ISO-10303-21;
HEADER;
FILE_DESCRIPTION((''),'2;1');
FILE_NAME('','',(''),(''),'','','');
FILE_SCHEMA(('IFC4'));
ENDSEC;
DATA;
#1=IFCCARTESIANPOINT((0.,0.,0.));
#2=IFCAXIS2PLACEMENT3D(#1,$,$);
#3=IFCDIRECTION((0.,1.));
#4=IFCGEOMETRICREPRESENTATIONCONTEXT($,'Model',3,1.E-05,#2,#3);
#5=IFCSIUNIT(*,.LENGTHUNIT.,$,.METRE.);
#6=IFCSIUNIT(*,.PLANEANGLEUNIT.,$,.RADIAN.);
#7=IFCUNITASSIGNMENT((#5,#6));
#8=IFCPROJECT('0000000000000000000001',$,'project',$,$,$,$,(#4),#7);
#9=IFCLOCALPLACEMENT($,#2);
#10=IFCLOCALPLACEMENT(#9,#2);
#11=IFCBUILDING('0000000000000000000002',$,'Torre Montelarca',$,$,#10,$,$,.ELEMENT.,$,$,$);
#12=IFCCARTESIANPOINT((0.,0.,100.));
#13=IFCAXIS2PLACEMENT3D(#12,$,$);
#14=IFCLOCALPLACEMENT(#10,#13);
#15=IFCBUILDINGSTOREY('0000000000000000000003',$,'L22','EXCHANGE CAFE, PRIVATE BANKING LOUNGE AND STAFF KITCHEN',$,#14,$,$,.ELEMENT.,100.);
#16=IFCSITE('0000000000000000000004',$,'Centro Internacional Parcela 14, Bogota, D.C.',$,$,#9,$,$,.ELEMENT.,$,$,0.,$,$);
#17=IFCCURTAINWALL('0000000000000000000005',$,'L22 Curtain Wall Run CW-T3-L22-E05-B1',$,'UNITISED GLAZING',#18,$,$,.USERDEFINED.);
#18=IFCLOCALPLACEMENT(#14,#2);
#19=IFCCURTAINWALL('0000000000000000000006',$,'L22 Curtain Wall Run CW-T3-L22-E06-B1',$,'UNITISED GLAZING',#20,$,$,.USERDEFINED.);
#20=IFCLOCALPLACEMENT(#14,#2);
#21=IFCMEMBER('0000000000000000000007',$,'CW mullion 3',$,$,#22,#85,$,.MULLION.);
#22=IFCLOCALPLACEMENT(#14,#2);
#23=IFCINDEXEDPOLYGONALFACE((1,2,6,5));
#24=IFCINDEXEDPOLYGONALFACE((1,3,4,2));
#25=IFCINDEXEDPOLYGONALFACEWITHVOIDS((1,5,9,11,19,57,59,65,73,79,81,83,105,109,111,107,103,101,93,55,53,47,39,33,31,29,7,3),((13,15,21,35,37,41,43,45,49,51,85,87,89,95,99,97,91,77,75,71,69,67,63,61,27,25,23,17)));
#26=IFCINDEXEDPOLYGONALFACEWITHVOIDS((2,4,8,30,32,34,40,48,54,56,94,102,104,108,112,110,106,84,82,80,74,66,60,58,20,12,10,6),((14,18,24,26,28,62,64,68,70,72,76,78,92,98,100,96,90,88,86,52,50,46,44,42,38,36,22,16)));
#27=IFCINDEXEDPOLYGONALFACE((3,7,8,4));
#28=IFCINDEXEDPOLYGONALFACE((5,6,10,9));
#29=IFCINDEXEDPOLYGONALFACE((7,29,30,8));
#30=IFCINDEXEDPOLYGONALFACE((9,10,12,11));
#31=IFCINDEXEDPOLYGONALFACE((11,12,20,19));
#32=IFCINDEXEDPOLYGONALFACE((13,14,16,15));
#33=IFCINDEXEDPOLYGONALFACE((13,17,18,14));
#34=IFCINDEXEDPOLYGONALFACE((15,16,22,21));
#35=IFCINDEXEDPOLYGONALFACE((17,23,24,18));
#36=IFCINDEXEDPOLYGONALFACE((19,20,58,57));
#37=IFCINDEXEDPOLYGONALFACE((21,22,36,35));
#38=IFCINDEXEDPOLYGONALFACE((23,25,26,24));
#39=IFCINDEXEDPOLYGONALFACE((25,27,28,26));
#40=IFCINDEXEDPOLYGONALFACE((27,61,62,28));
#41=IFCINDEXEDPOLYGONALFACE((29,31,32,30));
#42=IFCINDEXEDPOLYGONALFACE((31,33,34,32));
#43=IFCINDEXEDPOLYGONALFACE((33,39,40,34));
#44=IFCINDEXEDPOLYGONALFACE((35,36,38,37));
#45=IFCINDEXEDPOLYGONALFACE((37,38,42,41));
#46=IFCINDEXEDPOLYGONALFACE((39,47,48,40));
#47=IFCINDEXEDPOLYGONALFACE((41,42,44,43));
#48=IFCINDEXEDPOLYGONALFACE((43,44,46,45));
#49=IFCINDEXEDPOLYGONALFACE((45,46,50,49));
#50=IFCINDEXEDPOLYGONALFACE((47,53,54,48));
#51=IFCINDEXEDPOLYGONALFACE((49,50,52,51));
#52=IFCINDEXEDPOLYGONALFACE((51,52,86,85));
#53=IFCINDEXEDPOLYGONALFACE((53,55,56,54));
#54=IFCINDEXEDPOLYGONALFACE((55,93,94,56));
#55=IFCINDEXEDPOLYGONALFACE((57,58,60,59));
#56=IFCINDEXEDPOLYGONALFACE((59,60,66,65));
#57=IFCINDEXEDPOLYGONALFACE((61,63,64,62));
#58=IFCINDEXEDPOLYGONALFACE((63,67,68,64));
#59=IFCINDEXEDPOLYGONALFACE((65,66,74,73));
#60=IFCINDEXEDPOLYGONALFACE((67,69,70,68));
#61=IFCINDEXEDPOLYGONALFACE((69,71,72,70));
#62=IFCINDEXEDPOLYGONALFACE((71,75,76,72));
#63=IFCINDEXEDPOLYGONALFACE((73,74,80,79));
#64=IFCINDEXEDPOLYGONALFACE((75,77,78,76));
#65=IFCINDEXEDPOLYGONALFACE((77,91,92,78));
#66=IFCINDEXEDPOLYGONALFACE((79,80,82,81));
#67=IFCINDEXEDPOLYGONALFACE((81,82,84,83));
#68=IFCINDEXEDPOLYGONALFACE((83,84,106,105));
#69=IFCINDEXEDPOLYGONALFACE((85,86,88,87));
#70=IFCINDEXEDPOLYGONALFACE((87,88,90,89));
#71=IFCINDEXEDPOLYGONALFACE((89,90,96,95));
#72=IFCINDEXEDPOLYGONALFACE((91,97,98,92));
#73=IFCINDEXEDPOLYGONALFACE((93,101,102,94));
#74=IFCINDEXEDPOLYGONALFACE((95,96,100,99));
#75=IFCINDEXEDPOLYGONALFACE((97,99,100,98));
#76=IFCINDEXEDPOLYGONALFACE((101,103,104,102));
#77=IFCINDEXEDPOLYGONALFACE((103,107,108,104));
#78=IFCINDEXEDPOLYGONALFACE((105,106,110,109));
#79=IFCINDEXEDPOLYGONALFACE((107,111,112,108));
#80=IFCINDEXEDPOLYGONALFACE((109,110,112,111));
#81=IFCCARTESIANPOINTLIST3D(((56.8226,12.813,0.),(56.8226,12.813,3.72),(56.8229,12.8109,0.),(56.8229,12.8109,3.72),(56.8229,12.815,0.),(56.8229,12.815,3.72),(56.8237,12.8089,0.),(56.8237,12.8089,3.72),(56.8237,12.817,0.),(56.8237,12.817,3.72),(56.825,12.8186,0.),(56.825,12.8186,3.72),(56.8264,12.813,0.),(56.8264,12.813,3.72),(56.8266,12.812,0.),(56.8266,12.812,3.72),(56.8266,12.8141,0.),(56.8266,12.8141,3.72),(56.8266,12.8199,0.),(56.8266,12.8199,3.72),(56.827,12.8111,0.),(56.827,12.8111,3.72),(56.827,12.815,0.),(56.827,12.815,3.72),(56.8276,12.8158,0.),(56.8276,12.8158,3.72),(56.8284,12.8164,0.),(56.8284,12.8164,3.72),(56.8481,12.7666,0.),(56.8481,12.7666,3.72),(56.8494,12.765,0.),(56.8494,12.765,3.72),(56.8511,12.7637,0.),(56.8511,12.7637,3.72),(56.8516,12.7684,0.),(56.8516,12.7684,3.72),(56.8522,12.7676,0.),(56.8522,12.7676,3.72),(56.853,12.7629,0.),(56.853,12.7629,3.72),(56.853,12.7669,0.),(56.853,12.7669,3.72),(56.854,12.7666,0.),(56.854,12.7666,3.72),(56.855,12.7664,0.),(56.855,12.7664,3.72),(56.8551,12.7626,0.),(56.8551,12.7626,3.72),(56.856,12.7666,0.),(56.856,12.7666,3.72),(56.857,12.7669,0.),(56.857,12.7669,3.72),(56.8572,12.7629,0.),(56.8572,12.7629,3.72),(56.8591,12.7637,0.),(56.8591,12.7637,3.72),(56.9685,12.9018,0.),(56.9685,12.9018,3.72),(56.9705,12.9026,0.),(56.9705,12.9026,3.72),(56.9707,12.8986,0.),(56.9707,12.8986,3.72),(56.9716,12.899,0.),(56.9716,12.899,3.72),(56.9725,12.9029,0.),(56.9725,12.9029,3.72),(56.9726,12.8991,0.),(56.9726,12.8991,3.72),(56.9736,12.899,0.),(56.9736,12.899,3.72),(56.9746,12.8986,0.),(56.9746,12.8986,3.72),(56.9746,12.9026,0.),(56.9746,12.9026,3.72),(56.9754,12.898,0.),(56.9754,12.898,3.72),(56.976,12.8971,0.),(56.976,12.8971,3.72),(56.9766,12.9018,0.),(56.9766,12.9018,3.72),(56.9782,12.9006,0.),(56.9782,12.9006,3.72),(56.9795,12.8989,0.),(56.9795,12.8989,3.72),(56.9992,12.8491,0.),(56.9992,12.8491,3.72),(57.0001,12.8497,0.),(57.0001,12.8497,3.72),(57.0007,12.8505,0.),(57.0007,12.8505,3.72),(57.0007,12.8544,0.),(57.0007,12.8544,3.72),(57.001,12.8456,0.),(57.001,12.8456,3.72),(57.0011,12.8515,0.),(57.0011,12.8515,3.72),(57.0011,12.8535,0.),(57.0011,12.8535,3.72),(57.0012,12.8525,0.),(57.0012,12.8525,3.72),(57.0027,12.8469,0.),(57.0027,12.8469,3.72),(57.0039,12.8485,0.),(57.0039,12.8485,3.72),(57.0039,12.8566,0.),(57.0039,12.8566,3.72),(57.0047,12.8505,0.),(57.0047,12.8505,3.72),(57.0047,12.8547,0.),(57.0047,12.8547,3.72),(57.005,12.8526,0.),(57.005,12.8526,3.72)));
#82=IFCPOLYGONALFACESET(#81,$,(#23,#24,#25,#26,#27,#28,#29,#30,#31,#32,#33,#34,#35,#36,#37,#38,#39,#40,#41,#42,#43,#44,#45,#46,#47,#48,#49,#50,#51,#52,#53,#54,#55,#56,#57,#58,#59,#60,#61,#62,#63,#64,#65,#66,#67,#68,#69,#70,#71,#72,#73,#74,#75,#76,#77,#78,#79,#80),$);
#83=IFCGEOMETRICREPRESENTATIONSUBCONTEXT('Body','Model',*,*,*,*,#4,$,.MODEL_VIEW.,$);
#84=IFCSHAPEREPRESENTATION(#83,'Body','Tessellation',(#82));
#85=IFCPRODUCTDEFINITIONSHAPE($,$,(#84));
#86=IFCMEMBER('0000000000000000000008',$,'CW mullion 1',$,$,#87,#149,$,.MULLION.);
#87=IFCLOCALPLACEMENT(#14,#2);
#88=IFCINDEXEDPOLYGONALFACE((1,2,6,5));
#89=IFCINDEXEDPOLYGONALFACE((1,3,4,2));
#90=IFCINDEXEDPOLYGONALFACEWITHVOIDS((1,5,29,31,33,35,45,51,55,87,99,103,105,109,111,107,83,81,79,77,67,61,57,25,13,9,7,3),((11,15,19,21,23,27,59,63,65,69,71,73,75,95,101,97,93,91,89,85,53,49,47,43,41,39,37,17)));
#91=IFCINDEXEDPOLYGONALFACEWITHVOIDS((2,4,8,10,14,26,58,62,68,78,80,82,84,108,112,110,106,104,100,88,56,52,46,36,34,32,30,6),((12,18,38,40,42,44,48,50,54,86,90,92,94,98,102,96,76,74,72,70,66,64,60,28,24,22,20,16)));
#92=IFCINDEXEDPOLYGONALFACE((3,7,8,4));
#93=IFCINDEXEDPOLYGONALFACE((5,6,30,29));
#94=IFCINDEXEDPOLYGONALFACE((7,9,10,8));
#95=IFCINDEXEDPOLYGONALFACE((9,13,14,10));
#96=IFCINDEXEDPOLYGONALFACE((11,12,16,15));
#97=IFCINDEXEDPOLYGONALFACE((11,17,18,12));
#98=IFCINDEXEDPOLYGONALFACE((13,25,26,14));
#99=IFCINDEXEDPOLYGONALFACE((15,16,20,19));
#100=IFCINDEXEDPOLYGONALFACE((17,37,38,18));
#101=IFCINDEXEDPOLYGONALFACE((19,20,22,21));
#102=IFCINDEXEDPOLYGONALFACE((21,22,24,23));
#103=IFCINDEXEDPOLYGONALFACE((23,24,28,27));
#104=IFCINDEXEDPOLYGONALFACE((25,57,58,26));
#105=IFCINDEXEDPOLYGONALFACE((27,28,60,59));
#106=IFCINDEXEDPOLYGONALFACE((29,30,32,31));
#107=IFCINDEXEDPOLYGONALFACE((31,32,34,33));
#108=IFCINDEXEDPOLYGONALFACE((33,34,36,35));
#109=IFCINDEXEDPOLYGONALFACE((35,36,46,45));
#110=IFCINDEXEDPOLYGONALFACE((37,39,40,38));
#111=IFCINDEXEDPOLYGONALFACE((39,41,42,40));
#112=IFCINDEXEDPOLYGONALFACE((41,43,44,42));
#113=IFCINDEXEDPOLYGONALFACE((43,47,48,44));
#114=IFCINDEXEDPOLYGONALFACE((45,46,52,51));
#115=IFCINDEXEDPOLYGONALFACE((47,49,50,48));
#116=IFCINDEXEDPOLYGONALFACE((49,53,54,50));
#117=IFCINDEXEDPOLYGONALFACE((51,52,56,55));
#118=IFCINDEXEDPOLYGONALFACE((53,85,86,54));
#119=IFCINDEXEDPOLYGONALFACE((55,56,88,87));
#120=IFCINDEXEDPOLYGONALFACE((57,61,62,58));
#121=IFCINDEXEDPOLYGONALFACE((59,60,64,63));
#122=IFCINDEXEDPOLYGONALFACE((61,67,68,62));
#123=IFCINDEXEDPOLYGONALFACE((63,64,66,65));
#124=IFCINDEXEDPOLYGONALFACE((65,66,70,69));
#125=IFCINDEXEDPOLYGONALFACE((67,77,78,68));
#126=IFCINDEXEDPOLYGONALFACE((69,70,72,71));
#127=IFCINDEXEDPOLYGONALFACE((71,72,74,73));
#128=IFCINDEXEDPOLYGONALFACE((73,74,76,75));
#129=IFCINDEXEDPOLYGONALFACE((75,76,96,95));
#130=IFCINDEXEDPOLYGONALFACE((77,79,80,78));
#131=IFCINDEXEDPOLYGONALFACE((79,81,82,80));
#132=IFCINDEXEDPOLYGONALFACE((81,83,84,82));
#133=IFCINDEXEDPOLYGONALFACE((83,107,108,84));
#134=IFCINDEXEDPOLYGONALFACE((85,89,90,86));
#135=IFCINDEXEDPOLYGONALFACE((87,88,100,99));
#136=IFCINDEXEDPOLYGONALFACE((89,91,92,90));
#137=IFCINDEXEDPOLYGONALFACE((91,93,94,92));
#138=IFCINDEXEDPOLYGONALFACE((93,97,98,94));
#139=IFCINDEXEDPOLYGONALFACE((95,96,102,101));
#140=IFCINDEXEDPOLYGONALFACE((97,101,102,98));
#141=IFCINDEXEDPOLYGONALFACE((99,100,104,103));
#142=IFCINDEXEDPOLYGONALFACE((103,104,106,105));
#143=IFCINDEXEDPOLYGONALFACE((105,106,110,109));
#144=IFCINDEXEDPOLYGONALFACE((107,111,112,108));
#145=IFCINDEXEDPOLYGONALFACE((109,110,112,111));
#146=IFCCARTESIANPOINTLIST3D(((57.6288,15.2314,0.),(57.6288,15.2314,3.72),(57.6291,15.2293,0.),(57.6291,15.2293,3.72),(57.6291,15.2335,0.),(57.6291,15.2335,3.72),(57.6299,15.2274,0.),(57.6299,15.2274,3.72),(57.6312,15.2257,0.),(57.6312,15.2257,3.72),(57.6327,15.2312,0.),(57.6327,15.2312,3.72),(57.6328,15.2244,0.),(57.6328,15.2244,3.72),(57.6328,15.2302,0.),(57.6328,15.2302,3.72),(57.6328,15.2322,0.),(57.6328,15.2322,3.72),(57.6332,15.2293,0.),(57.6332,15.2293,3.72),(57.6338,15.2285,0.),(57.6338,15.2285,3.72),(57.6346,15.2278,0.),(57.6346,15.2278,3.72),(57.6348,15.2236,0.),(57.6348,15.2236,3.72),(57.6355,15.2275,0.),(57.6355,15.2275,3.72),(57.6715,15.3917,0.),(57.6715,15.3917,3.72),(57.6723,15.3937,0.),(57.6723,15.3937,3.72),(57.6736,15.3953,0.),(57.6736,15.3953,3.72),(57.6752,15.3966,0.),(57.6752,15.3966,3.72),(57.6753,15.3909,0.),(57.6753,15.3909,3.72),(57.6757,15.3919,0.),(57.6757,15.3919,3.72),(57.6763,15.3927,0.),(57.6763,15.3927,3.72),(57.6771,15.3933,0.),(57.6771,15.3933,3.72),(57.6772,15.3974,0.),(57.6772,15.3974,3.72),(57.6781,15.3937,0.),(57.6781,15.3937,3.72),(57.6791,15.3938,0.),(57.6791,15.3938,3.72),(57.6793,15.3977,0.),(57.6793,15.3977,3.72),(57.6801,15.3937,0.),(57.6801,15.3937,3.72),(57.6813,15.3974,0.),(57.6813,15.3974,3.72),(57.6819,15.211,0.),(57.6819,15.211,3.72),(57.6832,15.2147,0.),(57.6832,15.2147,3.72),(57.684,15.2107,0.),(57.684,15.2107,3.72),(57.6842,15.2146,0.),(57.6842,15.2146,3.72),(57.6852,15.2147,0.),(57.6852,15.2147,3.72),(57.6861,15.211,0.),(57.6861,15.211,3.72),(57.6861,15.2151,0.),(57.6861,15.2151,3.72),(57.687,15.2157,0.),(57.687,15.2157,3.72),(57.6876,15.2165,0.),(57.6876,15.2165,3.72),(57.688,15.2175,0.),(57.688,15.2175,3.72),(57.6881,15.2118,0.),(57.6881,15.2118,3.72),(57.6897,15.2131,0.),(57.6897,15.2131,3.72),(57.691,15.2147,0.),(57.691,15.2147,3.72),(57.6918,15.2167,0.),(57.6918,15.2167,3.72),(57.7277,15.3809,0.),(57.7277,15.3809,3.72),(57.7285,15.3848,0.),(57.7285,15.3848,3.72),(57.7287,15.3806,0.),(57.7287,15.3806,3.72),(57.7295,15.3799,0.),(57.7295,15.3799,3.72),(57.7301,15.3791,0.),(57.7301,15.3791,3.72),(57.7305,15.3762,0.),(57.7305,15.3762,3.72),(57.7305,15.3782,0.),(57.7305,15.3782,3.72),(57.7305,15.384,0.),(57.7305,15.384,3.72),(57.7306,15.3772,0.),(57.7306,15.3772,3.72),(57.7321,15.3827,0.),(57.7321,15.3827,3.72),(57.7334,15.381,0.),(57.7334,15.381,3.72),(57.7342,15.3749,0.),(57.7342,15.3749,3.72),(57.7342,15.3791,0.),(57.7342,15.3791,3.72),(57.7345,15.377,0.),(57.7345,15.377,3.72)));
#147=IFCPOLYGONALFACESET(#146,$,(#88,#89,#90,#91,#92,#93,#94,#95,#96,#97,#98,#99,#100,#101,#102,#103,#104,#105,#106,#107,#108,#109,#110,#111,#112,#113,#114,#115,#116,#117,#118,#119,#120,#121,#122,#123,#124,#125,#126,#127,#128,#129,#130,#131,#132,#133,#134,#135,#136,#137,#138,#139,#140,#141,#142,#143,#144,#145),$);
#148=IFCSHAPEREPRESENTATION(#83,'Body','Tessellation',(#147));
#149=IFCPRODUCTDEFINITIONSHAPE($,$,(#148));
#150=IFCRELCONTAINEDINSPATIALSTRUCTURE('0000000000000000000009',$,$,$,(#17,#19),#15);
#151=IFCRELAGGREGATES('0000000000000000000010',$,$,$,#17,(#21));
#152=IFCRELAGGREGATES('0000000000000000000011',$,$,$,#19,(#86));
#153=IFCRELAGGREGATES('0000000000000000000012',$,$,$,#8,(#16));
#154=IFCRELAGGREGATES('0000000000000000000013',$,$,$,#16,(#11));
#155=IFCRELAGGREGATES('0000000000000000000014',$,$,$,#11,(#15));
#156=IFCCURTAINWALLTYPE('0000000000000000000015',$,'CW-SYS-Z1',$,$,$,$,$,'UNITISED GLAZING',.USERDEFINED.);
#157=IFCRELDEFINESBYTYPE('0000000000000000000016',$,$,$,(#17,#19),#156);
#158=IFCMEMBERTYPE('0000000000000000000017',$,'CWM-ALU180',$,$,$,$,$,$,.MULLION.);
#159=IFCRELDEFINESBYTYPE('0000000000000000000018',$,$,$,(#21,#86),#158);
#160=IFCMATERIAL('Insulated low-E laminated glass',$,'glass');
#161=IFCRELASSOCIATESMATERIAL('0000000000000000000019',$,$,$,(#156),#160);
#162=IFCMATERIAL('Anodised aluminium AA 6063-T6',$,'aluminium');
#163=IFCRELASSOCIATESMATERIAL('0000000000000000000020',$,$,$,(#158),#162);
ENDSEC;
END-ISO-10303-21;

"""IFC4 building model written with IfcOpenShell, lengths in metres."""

from ifc_helpers import new_model, si_unit, direction, frame, origin, origin_2d, place, context, subcontext, project, spatial, hollow_rectangle, extrude, source, transform, mapped, material, material_profile, profile_set, type_object, element, aggregate, save


model = new_model("IFC4")

# Units and contexts
model_context = context("Model", 3, precision=1e-05, world=origin(), true_north=direction((0.0, 1.0)))
body_context = subcontext(model_context, "Body", "Model", "MODEL_VIEW")
ifc_project = project(units=[si_unit("LENGTHUNIT", "METRE"), si_unit("PLANEANGLEUNIT", "RADIAN")], contexts=[model_context])

# Site, building, storey
site_placement = place(None, origin())
site = spatial("IfcSite", under=ifc_project, at=site_placement, Name="Centro Internacional Parcela 14, Bogota, D.C.", CompositionType="ELEMENT", RefElevation=0.0)
building_placement = place(site_placement, origin())
building = spatial("IfcBuilding", under=site, at=building_placement, Name="Torre Montelarca", CompositionType="ELEMENT")
storey_placement = place(building_placement, frame((0.0, 0.0, 100.0)))
storey = spatial("IfcBuildingStorey", under=building, at=storey_placement, Name="L22", Description="EXCHANGE CAFE, PRIVATE BANKING LOUNGE AND STAFF KITCHEN", CompositionType="ELEMENT", Elevation=100.0)

# Curtain walls
ifc_material_1 = material(Name="Insulated low-E laminated glass", Category="glass")
curtain_wall_type = type_object("IfcCurtainWallType", Name="CW-SYS-Z1", ElementType="UNITISED GLAZING", PredefinedType="USERDEFINED", material=ifc_material_1)
curtain_wall_1_placement = place(storey_placement, origin())
curtain_wall_1 = element("IfcCurtainWall", 1, at=curtain_wall_1_placement, inside=storey, type_object=curtain_wall_type, Name="L22 Curtain Wall Run CW-T3-L22-E05-B1", ObjectType="UNITISED GLAZING", PredefinedType="USERDEFINED")
ifc_material_2 = material(Name="Anodised aluminium AA 6063-T6", Category="aluminium")
curtain_wall_2_placement = place(storey_placement, origin())
curtain_wall_2 = element("IfcCurtainWall", 2, at=curtain_wall_2_placement, inside=storey, type_object=curtain_wall_type, Name="L22 Curtain Wall Run CW-T3-L22-E06-B1", ObjectType="UNITISED GLAZING", PredefinedType="USERDEFINED")

# Shared definitions
ifc_material_profile_1 = material_profile(ifc_material_2, hollow_rectangle(XDim=0.0649, YDim=0.1799, WallThickness=0.0039, InnerFilletRadius=0.0039, OuterFilletRadius=0.0081, at=origin_2d()), Name="ALU65X180X4", Category="aluminium")
ifc_profile_set_1 = profile_set([ifc_material_profile_1], Name="Anodised aluminium AA 6063-T6")
member_type_1 = type_object("IfcMemberType", Name="CWM-ALU180", PredefinedType="MULLION", material=ifc_profile_set_1)
shared_shape_1 = source(origin(), body_context, "Body", "SweptSolid", [
    extrude(hollow_rectangle(XDim=0.0649, YDim=0.1799, WallThickness=0.0039, InnerFilletRadius=0.0039, OuterFilletRadius=0.0081, at=origin_2d()), origin(), (0.0, 0.0, 1.0), 3.72),
])

# Members
member_1_placement = place(storey_placement, frame((56.9138, 12.8328, 0.0), z_axis=(0.0, 0.0, 1.0), x_axis=(-0.500001, 0.866025, 0.0)))
member_1 = element("IfcMember", 3, at=member_1_placement, type_object=member_type_1, Name="CW mullion 3", PredefinedType="MULLION", context=body_context, shape_type="MappedRepresentation", body=[
    mapped(shared_shape_1, transform((0.0, 0.0, 0.0), scale=1.0)),
])
member_2_placement = place(storey_placement, frame((57.6816, 15.3042, 0.0), z_axis=(0.0, 0.0, 1.0), x_axis=(-0.965927, 0.258816, 0.0)))
member_2 = element("IfcMember", 4, at=member_2_placement, type_object=member_type_1, Name="CW mullion 1", PredefinedType="MULLION", context=body_context, shape_type="MappedRepresentation", body=[
    mapped(shared_shape_1, transform((0.0, 0.0, 0.0), scale=1.0)),
])

aggregate(curtain_wall_1, [member_1])
aggregate(curtain_wall_2, [member_2])

save(model, "model.ifc")
